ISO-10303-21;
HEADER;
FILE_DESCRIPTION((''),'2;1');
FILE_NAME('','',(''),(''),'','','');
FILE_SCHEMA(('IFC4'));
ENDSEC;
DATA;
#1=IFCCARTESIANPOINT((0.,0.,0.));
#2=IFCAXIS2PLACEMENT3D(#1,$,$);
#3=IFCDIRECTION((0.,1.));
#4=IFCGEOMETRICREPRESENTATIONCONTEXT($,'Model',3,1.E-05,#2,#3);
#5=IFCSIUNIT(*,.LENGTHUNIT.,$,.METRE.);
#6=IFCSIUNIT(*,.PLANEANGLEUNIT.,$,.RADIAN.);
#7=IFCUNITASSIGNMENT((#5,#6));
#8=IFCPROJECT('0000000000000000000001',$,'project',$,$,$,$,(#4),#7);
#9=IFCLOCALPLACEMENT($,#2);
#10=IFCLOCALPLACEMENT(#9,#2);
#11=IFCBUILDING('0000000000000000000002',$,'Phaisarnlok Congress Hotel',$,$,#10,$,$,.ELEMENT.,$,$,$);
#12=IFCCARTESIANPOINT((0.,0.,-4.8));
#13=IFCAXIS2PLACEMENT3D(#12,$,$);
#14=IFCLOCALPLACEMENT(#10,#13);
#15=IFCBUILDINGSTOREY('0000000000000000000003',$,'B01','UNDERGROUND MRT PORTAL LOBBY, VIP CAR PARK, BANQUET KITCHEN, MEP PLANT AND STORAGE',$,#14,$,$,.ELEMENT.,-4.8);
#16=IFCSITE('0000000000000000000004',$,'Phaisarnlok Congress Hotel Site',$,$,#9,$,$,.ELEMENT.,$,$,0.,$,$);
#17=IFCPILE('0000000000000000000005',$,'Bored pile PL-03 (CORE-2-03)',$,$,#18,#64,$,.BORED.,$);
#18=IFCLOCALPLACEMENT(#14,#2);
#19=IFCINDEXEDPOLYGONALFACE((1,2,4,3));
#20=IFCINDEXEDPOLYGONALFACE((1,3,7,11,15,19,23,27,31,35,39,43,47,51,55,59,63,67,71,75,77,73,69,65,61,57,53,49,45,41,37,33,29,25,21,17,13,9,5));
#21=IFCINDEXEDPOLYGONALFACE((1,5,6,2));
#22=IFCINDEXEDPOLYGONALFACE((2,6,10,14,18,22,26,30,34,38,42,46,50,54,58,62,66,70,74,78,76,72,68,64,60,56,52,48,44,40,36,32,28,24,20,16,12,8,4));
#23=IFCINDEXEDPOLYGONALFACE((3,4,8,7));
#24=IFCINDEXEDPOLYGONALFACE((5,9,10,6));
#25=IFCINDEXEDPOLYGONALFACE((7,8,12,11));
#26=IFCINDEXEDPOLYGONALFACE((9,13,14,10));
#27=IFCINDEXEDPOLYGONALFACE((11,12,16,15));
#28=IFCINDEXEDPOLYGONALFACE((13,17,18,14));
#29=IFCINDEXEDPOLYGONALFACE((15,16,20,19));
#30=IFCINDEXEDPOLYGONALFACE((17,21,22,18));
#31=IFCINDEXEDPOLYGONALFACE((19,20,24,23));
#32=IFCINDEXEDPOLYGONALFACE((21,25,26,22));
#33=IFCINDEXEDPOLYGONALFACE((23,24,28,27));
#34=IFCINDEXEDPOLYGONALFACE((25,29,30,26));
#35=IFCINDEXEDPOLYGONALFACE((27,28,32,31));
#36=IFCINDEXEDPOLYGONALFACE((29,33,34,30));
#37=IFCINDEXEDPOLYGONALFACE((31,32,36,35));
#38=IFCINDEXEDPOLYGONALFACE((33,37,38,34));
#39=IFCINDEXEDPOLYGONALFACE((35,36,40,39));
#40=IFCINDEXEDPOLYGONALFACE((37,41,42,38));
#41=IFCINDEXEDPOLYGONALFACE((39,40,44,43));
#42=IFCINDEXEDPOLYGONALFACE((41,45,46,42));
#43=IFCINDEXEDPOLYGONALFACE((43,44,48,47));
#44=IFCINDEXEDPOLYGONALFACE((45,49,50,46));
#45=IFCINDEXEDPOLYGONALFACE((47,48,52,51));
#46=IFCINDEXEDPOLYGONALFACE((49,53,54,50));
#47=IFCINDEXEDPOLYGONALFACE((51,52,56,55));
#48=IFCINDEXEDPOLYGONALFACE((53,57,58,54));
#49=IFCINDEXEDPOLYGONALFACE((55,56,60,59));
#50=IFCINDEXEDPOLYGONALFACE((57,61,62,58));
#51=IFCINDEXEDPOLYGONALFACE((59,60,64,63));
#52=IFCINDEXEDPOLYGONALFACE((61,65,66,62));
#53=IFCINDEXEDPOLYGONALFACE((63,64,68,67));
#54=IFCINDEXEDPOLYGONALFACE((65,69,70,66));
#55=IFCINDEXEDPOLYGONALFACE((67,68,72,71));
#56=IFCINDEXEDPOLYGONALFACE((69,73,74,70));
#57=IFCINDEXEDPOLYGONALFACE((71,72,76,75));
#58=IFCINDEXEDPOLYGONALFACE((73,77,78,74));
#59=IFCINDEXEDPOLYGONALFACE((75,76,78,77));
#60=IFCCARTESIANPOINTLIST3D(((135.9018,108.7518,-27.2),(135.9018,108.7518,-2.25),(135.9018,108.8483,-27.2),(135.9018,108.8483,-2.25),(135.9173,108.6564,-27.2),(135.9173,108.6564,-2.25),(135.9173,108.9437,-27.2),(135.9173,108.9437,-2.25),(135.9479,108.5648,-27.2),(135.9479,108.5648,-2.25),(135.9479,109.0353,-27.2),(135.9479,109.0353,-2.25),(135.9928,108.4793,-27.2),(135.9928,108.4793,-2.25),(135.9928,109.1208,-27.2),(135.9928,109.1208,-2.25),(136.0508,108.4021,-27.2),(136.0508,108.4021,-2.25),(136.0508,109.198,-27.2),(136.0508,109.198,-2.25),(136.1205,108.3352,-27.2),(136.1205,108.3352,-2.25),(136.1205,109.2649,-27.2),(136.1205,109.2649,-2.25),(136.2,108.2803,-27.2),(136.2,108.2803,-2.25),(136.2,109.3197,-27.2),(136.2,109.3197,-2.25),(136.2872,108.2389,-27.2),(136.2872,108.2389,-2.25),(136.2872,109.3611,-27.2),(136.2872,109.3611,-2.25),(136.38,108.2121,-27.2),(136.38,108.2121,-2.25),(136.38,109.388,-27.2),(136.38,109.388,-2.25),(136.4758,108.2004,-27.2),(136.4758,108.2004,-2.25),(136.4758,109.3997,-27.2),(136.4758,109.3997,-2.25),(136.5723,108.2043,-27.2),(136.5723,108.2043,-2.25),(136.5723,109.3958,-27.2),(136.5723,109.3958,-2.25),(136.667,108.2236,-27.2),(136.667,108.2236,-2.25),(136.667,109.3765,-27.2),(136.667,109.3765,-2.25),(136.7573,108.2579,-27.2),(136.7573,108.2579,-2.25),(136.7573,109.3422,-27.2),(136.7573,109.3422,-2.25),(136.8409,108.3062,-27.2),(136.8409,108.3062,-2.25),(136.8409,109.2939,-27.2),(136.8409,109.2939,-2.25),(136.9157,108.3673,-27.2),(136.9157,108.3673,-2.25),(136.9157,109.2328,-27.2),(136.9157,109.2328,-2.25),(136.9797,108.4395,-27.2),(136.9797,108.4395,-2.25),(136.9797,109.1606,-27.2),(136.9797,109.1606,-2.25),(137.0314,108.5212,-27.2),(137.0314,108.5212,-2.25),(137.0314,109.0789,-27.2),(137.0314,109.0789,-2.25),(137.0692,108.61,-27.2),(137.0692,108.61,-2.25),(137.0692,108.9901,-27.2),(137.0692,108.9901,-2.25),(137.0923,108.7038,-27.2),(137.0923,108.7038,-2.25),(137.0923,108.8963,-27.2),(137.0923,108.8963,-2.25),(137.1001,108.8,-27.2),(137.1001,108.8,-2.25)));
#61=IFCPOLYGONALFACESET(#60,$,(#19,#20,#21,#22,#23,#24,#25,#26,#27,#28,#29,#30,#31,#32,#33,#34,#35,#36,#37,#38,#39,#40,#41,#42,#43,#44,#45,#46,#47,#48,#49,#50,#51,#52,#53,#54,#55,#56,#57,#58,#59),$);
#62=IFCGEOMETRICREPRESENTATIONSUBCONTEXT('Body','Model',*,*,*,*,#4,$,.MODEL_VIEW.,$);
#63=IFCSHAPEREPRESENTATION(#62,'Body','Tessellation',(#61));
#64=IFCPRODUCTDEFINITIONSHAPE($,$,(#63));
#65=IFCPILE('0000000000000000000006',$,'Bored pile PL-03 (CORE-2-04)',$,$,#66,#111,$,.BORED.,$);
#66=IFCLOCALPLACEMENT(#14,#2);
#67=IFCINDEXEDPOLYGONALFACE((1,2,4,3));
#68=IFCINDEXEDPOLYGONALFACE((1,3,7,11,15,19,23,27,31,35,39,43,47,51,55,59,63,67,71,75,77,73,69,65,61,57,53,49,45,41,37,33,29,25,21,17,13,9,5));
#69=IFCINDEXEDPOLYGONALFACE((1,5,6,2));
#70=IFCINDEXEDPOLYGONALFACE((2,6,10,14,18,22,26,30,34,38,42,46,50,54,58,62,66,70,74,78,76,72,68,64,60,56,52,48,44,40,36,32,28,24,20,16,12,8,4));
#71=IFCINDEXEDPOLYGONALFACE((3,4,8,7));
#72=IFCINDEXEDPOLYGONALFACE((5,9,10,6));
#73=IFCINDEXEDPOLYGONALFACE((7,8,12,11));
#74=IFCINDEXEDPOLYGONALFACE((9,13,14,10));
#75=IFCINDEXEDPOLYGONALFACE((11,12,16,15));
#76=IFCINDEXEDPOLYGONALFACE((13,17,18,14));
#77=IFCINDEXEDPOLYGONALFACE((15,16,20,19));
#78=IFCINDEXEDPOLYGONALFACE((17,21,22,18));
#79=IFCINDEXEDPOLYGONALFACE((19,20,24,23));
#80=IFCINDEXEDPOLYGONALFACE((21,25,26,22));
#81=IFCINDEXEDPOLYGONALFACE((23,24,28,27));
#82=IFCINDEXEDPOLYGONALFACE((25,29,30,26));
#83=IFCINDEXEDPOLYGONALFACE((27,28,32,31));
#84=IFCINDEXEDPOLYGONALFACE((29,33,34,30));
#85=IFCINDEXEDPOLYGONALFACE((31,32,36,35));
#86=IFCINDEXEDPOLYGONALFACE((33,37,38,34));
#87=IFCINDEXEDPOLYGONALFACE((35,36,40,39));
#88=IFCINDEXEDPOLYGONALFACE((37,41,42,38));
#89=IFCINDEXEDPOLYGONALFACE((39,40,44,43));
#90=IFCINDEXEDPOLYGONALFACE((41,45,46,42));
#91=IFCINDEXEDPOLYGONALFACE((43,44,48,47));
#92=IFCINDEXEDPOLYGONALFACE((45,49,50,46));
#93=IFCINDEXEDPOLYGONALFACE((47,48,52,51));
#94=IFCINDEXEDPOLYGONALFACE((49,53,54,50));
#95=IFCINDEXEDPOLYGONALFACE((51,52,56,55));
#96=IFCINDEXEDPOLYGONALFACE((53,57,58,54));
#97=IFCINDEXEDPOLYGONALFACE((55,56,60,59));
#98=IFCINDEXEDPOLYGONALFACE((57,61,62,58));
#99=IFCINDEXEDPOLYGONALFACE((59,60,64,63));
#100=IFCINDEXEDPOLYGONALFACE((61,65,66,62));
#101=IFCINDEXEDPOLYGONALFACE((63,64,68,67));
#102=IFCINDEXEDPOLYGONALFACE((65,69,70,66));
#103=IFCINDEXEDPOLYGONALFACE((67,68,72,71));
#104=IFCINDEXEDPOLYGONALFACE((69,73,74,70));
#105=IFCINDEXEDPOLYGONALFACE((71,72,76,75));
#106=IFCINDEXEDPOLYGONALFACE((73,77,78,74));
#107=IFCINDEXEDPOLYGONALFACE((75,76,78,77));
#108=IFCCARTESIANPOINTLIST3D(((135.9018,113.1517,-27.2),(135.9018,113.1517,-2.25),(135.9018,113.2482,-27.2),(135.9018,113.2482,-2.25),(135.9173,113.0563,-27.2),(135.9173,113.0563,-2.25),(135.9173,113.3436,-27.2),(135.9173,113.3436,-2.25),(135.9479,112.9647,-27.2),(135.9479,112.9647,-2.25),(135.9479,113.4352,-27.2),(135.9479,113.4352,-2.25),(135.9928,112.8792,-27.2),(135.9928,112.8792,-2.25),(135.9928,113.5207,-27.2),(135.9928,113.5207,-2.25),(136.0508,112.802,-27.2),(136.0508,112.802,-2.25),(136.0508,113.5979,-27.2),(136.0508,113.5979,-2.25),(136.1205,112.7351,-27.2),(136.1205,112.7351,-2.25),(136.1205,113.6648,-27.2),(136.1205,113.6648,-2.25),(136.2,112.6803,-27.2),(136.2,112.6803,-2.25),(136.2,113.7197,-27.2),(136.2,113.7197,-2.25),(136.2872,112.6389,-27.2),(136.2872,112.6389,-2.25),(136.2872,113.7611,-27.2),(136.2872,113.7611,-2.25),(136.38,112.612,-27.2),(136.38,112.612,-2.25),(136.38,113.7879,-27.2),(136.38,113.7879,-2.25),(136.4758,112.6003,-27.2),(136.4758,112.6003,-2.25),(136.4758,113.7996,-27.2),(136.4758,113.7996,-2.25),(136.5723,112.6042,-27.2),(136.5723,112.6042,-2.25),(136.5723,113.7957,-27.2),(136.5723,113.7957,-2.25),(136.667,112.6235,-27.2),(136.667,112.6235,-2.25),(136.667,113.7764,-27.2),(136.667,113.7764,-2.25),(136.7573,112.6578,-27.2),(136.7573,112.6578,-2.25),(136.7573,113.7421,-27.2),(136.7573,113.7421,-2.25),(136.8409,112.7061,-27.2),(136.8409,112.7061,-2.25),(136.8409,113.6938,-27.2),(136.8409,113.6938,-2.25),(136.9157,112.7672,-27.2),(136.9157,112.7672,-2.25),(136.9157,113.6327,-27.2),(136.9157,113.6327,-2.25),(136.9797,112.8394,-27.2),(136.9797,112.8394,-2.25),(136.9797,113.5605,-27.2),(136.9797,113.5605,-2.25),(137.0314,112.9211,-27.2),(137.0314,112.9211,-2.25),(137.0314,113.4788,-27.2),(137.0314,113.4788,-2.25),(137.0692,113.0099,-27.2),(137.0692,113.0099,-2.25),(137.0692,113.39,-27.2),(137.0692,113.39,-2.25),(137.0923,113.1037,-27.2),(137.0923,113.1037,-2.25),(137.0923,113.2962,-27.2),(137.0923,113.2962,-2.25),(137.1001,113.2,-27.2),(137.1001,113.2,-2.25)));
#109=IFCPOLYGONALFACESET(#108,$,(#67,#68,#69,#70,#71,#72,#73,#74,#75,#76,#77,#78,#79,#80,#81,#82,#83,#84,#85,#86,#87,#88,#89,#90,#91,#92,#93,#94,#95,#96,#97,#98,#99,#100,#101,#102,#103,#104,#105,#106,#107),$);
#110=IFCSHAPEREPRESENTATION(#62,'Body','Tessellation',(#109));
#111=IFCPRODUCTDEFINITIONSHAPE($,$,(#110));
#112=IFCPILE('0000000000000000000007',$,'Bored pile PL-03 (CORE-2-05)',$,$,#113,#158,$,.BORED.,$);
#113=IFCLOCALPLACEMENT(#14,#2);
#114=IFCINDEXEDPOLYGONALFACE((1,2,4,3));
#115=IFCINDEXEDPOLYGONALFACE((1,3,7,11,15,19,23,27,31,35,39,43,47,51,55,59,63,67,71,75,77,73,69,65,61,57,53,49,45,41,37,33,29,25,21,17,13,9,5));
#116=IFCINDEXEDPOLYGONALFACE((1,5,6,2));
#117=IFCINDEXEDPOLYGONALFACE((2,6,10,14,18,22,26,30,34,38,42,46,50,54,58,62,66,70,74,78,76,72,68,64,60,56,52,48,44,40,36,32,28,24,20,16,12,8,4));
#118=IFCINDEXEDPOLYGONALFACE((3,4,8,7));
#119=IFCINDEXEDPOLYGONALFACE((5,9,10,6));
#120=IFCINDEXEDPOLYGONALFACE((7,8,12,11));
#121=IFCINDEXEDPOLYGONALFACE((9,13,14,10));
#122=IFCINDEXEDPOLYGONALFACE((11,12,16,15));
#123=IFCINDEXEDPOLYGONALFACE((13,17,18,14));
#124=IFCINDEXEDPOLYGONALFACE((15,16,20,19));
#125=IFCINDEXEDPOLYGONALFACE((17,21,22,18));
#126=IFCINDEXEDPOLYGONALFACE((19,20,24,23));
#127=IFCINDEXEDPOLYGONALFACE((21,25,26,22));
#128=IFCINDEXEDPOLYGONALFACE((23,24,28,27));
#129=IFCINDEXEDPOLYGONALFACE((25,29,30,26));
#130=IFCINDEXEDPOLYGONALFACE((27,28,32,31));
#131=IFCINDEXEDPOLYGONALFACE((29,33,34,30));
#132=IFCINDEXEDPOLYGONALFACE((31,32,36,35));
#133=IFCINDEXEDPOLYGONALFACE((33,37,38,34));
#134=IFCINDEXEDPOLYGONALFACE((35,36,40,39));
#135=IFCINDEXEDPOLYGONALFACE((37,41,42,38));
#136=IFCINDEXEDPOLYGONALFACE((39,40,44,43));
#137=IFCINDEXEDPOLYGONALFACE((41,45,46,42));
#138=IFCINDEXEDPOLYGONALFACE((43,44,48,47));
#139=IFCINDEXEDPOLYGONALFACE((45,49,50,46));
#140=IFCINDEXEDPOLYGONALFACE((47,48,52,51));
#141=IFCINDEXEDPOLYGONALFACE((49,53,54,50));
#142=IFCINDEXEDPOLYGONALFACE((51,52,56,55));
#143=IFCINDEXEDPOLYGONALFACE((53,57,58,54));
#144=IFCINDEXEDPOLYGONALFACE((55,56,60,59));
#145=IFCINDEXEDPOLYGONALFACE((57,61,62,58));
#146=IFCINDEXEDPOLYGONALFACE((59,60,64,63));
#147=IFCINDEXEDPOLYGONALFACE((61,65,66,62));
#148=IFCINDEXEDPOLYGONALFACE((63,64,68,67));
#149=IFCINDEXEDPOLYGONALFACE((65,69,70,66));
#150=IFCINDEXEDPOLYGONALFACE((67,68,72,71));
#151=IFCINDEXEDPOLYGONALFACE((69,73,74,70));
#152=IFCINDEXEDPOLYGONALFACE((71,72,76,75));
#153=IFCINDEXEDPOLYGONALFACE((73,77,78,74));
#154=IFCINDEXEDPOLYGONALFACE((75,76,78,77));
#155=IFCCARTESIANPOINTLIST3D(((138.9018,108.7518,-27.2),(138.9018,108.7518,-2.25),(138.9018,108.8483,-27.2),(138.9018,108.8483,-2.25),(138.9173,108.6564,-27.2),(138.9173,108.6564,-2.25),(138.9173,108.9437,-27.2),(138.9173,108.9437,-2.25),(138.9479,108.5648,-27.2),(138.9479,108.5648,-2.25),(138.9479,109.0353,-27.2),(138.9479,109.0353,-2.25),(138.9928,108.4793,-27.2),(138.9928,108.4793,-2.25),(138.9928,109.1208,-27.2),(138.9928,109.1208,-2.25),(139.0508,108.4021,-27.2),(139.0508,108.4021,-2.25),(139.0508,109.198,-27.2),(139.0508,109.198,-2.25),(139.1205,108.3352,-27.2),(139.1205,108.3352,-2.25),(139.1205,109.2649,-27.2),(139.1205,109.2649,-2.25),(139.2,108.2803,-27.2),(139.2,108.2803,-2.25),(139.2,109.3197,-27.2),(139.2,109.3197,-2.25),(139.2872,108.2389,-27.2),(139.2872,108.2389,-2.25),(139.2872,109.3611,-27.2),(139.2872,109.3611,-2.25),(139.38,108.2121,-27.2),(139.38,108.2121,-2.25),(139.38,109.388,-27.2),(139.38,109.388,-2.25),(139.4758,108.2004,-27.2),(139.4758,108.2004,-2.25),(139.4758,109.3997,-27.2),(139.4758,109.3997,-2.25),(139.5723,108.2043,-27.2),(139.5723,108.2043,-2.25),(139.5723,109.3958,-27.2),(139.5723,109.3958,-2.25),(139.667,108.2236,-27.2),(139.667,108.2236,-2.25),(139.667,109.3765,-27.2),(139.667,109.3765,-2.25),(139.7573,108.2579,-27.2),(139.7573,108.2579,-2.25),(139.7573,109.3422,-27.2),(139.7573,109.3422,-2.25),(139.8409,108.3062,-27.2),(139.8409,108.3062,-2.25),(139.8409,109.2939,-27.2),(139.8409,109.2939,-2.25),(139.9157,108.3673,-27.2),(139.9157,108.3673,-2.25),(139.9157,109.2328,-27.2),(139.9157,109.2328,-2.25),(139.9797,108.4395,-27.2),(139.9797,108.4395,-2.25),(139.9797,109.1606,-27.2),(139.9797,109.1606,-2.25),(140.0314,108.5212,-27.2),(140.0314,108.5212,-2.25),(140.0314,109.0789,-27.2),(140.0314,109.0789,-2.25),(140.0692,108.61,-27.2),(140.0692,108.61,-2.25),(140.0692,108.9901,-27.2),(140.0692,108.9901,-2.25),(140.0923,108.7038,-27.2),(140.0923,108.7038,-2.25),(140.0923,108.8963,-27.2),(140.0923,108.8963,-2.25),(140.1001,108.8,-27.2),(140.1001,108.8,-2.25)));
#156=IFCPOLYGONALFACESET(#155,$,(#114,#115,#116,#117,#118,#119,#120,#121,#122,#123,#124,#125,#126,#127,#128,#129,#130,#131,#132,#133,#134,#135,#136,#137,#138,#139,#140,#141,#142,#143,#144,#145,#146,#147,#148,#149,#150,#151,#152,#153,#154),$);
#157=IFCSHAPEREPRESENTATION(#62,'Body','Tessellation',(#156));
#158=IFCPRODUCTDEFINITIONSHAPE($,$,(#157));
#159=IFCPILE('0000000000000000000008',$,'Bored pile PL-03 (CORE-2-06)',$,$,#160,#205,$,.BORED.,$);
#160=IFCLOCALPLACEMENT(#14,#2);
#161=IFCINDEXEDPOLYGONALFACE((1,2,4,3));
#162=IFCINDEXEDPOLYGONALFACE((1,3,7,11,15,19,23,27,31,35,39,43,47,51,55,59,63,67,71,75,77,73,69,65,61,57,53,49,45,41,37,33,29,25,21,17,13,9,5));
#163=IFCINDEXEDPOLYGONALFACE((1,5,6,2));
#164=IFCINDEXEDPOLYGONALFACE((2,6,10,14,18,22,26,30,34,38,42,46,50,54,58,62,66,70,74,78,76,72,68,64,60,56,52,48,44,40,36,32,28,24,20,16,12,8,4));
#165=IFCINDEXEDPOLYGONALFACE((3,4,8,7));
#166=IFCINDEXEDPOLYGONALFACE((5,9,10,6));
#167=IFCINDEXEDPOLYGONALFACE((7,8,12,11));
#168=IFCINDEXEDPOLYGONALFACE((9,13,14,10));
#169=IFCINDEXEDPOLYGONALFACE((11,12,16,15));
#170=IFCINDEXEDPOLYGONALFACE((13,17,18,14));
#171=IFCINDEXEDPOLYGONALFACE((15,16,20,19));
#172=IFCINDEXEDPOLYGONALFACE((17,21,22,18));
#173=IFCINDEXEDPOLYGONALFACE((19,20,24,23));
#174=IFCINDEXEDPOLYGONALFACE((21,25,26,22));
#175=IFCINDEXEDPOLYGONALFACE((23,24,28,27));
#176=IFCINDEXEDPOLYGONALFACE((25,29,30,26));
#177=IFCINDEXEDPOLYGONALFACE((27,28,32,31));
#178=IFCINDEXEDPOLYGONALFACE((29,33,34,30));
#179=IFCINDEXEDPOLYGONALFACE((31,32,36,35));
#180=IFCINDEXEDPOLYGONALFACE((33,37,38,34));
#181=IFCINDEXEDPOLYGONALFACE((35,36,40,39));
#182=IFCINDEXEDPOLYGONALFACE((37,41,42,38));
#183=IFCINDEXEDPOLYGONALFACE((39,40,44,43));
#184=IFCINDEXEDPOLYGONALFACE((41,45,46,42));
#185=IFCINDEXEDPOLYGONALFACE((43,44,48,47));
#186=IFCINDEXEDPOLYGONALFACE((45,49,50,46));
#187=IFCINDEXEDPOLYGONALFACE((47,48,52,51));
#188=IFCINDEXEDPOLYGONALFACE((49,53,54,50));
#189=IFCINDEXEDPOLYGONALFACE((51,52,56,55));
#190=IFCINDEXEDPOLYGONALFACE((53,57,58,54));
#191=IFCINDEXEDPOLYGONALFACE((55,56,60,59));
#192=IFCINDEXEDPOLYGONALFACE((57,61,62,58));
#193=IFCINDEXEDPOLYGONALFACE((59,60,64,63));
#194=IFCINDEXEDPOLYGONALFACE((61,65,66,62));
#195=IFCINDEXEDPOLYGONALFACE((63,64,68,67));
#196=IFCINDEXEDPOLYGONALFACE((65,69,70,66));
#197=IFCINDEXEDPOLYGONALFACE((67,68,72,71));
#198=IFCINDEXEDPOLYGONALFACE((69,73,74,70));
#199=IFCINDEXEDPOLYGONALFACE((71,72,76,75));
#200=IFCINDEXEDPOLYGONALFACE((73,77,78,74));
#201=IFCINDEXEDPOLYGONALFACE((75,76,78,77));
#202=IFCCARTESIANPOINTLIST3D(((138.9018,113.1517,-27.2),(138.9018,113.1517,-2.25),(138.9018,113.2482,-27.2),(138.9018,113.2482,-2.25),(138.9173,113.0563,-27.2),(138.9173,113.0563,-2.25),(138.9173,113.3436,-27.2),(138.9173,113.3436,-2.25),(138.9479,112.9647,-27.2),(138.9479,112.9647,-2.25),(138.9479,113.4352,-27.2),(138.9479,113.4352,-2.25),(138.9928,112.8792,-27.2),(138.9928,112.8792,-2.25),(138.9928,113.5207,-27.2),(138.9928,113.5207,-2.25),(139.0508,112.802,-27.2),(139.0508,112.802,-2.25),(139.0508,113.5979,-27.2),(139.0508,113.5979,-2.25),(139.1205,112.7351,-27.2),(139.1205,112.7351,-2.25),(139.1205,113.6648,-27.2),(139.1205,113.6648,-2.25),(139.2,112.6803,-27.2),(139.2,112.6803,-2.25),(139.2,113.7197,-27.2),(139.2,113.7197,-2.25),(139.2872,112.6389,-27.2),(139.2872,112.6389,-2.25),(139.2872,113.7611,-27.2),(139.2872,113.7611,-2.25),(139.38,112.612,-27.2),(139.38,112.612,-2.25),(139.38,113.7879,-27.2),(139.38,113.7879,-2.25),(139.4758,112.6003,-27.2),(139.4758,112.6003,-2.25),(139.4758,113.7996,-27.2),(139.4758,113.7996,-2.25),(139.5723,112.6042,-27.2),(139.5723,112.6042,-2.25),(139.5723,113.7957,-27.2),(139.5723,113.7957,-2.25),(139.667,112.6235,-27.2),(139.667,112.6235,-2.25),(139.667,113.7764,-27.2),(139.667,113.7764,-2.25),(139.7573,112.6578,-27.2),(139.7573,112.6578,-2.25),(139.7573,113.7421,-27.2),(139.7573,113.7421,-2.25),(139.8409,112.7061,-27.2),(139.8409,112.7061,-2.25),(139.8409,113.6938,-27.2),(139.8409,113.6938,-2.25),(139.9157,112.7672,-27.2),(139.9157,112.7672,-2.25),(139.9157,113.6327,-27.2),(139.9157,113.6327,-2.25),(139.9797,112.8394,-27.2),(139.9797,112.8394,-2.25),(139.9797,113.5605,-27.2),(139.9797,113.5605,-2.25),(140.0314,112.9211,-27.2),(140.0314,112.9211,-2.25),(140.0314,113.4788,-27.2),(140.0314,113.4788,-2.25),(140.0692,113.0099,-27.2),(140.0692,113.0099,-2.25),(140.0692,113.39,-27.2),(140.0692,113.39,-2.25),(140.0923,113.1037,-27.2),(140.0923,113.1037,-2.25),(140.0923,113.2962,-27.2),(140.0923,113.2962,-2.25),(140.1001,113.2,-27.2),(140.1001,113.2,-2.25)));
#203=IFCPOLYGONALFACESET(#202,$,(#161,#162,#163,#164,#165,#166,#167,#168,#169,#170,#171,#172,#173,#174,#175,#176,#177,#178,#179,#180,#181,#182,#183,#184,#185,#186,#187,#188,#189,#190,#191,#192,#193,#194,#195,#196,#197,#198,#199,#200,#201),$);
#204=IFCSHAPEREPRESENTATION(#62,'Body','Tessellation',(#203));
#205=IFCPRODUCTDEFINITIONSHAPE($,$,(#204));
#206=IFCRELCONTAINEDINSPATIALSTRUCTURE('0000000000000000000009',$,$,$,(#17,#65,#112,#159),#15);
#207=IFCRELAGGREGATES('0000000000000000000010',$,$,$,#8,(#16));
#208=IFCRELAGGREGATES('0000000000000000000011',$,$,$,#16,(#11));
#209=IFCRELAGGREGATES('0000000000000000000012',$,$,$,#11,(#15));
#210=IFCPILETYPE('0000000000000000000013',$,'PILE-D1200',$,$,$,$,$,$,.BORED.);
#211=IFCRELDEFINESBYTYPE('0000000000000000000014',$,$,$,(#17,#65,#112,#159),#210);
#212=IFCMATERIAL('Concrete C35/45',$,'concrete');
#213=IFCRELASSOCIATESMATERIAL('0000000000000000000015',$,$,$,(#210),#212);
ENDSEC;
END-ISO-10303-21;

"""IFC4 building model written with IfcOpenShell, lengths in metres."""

from ifc_helpers import new_model, si_unit, direction, frame, origin, origin_2d, place, context, subcontext, project, spatial, circle, extrude, material, material_profile, profile_set, type_object, element, save


model = new_model("IFC4")

# Units and contexts
model_context = context("Model", 3, precision=1e-05, world=origin(), true_north=direction((0.0, 1.0)))
body_context = subcontext(model_context, "Body", "Model", "MODEL_VIEW")
ifc_project = project(units=[si_unit("LENGTHUNIT", "METRE"), si_unit("PLANEANGLEUNIT", "RADIAN")], contexts=[model_context])

# Site, building, storey
site_placement = place(None, origin())
site = spatial("IfcSite", under=ifc_project, at=site_placement, Name="Phaisarnlok Congress Hotel Site", CompositionType="ELEMENT", RefElevation=0.0)
building_placement = place(site_placement, origin())
building = spatial("IfcBuilding", under=site, at=building_placement, Name="Phaisarnlok Congress Hotel", CompositionType="ELEMENT")
storey_placement = place(building_placement, frame((0.0, 0.0, -4.8)))
storey = spatial("IfcBuildingStorey", under=building, at=storey_placement, Name="B01", Description="UNDERGROUND MRT PORTAL LOBBY, VIP CAR PARK, BANQUET KITCHEN, MEP PLANT AND STORAGE", CompositionType="ELEMENT", Elevation=-4.8)

# Piles
ifc_material_1 = material(Name="Concrete C35/45", Category="concrete")
ifc_material_profile_1 = material_profile(ifc_material_1, circle(Radius=0.6001, at=origin_2d()), Name="BORED PILE D1200")
ifc_profile_set_1 = profile_set([ifc_material_profile_1], Name="Concrete C35/45")
pile_type_1 = type_object("IfcPileType", Name="PILE-D1200", PredefinedType="BORED", material=ifc_profile_set_1)
for number, where, z_axis, x_axis, name in (
    (1, (136.5, 108.8, -2.25), (0.0, 0.0, -1.0), (1.0, 0.0, 0.0), "Bored pile PL-03 (CORE-2-03)"),
    (2, (136.5, 113.2, -2.25), (0.0, 0.0, -1.0), (1.0, 0.0, 0.0), "Bored pile PL-03 (CORE-2-04)"),
    (3, (139.5, 108.8, -2.25), (0.0, 0.0, -1.0), (1.0, 0.0, 0.0), "Bored pile PL-03 (CORE-2-05)"),
    (4, (139.5, 113.2, -2.25), (0.0, 0.0, -1.0), (1.0, 0.0, 0.0), "Bored pile PL-03 (CORE-2-06)"),
):
    element("IfcPile", number, at=place(storey_placement, frame(where, z_axis=z_axis, x_axis=x_axis)), inside=storey, type_object=pile_type_1, Name=name, PredefinedType="BORED", context=body_context, shape_type="SweptSolid", body=[
        extrude(circle(Radius=0.6001, at=origin_2d()), origin(), (0.0, 0.0, 1.0), 24.95),
    ])

save(model, "model.ifc")
